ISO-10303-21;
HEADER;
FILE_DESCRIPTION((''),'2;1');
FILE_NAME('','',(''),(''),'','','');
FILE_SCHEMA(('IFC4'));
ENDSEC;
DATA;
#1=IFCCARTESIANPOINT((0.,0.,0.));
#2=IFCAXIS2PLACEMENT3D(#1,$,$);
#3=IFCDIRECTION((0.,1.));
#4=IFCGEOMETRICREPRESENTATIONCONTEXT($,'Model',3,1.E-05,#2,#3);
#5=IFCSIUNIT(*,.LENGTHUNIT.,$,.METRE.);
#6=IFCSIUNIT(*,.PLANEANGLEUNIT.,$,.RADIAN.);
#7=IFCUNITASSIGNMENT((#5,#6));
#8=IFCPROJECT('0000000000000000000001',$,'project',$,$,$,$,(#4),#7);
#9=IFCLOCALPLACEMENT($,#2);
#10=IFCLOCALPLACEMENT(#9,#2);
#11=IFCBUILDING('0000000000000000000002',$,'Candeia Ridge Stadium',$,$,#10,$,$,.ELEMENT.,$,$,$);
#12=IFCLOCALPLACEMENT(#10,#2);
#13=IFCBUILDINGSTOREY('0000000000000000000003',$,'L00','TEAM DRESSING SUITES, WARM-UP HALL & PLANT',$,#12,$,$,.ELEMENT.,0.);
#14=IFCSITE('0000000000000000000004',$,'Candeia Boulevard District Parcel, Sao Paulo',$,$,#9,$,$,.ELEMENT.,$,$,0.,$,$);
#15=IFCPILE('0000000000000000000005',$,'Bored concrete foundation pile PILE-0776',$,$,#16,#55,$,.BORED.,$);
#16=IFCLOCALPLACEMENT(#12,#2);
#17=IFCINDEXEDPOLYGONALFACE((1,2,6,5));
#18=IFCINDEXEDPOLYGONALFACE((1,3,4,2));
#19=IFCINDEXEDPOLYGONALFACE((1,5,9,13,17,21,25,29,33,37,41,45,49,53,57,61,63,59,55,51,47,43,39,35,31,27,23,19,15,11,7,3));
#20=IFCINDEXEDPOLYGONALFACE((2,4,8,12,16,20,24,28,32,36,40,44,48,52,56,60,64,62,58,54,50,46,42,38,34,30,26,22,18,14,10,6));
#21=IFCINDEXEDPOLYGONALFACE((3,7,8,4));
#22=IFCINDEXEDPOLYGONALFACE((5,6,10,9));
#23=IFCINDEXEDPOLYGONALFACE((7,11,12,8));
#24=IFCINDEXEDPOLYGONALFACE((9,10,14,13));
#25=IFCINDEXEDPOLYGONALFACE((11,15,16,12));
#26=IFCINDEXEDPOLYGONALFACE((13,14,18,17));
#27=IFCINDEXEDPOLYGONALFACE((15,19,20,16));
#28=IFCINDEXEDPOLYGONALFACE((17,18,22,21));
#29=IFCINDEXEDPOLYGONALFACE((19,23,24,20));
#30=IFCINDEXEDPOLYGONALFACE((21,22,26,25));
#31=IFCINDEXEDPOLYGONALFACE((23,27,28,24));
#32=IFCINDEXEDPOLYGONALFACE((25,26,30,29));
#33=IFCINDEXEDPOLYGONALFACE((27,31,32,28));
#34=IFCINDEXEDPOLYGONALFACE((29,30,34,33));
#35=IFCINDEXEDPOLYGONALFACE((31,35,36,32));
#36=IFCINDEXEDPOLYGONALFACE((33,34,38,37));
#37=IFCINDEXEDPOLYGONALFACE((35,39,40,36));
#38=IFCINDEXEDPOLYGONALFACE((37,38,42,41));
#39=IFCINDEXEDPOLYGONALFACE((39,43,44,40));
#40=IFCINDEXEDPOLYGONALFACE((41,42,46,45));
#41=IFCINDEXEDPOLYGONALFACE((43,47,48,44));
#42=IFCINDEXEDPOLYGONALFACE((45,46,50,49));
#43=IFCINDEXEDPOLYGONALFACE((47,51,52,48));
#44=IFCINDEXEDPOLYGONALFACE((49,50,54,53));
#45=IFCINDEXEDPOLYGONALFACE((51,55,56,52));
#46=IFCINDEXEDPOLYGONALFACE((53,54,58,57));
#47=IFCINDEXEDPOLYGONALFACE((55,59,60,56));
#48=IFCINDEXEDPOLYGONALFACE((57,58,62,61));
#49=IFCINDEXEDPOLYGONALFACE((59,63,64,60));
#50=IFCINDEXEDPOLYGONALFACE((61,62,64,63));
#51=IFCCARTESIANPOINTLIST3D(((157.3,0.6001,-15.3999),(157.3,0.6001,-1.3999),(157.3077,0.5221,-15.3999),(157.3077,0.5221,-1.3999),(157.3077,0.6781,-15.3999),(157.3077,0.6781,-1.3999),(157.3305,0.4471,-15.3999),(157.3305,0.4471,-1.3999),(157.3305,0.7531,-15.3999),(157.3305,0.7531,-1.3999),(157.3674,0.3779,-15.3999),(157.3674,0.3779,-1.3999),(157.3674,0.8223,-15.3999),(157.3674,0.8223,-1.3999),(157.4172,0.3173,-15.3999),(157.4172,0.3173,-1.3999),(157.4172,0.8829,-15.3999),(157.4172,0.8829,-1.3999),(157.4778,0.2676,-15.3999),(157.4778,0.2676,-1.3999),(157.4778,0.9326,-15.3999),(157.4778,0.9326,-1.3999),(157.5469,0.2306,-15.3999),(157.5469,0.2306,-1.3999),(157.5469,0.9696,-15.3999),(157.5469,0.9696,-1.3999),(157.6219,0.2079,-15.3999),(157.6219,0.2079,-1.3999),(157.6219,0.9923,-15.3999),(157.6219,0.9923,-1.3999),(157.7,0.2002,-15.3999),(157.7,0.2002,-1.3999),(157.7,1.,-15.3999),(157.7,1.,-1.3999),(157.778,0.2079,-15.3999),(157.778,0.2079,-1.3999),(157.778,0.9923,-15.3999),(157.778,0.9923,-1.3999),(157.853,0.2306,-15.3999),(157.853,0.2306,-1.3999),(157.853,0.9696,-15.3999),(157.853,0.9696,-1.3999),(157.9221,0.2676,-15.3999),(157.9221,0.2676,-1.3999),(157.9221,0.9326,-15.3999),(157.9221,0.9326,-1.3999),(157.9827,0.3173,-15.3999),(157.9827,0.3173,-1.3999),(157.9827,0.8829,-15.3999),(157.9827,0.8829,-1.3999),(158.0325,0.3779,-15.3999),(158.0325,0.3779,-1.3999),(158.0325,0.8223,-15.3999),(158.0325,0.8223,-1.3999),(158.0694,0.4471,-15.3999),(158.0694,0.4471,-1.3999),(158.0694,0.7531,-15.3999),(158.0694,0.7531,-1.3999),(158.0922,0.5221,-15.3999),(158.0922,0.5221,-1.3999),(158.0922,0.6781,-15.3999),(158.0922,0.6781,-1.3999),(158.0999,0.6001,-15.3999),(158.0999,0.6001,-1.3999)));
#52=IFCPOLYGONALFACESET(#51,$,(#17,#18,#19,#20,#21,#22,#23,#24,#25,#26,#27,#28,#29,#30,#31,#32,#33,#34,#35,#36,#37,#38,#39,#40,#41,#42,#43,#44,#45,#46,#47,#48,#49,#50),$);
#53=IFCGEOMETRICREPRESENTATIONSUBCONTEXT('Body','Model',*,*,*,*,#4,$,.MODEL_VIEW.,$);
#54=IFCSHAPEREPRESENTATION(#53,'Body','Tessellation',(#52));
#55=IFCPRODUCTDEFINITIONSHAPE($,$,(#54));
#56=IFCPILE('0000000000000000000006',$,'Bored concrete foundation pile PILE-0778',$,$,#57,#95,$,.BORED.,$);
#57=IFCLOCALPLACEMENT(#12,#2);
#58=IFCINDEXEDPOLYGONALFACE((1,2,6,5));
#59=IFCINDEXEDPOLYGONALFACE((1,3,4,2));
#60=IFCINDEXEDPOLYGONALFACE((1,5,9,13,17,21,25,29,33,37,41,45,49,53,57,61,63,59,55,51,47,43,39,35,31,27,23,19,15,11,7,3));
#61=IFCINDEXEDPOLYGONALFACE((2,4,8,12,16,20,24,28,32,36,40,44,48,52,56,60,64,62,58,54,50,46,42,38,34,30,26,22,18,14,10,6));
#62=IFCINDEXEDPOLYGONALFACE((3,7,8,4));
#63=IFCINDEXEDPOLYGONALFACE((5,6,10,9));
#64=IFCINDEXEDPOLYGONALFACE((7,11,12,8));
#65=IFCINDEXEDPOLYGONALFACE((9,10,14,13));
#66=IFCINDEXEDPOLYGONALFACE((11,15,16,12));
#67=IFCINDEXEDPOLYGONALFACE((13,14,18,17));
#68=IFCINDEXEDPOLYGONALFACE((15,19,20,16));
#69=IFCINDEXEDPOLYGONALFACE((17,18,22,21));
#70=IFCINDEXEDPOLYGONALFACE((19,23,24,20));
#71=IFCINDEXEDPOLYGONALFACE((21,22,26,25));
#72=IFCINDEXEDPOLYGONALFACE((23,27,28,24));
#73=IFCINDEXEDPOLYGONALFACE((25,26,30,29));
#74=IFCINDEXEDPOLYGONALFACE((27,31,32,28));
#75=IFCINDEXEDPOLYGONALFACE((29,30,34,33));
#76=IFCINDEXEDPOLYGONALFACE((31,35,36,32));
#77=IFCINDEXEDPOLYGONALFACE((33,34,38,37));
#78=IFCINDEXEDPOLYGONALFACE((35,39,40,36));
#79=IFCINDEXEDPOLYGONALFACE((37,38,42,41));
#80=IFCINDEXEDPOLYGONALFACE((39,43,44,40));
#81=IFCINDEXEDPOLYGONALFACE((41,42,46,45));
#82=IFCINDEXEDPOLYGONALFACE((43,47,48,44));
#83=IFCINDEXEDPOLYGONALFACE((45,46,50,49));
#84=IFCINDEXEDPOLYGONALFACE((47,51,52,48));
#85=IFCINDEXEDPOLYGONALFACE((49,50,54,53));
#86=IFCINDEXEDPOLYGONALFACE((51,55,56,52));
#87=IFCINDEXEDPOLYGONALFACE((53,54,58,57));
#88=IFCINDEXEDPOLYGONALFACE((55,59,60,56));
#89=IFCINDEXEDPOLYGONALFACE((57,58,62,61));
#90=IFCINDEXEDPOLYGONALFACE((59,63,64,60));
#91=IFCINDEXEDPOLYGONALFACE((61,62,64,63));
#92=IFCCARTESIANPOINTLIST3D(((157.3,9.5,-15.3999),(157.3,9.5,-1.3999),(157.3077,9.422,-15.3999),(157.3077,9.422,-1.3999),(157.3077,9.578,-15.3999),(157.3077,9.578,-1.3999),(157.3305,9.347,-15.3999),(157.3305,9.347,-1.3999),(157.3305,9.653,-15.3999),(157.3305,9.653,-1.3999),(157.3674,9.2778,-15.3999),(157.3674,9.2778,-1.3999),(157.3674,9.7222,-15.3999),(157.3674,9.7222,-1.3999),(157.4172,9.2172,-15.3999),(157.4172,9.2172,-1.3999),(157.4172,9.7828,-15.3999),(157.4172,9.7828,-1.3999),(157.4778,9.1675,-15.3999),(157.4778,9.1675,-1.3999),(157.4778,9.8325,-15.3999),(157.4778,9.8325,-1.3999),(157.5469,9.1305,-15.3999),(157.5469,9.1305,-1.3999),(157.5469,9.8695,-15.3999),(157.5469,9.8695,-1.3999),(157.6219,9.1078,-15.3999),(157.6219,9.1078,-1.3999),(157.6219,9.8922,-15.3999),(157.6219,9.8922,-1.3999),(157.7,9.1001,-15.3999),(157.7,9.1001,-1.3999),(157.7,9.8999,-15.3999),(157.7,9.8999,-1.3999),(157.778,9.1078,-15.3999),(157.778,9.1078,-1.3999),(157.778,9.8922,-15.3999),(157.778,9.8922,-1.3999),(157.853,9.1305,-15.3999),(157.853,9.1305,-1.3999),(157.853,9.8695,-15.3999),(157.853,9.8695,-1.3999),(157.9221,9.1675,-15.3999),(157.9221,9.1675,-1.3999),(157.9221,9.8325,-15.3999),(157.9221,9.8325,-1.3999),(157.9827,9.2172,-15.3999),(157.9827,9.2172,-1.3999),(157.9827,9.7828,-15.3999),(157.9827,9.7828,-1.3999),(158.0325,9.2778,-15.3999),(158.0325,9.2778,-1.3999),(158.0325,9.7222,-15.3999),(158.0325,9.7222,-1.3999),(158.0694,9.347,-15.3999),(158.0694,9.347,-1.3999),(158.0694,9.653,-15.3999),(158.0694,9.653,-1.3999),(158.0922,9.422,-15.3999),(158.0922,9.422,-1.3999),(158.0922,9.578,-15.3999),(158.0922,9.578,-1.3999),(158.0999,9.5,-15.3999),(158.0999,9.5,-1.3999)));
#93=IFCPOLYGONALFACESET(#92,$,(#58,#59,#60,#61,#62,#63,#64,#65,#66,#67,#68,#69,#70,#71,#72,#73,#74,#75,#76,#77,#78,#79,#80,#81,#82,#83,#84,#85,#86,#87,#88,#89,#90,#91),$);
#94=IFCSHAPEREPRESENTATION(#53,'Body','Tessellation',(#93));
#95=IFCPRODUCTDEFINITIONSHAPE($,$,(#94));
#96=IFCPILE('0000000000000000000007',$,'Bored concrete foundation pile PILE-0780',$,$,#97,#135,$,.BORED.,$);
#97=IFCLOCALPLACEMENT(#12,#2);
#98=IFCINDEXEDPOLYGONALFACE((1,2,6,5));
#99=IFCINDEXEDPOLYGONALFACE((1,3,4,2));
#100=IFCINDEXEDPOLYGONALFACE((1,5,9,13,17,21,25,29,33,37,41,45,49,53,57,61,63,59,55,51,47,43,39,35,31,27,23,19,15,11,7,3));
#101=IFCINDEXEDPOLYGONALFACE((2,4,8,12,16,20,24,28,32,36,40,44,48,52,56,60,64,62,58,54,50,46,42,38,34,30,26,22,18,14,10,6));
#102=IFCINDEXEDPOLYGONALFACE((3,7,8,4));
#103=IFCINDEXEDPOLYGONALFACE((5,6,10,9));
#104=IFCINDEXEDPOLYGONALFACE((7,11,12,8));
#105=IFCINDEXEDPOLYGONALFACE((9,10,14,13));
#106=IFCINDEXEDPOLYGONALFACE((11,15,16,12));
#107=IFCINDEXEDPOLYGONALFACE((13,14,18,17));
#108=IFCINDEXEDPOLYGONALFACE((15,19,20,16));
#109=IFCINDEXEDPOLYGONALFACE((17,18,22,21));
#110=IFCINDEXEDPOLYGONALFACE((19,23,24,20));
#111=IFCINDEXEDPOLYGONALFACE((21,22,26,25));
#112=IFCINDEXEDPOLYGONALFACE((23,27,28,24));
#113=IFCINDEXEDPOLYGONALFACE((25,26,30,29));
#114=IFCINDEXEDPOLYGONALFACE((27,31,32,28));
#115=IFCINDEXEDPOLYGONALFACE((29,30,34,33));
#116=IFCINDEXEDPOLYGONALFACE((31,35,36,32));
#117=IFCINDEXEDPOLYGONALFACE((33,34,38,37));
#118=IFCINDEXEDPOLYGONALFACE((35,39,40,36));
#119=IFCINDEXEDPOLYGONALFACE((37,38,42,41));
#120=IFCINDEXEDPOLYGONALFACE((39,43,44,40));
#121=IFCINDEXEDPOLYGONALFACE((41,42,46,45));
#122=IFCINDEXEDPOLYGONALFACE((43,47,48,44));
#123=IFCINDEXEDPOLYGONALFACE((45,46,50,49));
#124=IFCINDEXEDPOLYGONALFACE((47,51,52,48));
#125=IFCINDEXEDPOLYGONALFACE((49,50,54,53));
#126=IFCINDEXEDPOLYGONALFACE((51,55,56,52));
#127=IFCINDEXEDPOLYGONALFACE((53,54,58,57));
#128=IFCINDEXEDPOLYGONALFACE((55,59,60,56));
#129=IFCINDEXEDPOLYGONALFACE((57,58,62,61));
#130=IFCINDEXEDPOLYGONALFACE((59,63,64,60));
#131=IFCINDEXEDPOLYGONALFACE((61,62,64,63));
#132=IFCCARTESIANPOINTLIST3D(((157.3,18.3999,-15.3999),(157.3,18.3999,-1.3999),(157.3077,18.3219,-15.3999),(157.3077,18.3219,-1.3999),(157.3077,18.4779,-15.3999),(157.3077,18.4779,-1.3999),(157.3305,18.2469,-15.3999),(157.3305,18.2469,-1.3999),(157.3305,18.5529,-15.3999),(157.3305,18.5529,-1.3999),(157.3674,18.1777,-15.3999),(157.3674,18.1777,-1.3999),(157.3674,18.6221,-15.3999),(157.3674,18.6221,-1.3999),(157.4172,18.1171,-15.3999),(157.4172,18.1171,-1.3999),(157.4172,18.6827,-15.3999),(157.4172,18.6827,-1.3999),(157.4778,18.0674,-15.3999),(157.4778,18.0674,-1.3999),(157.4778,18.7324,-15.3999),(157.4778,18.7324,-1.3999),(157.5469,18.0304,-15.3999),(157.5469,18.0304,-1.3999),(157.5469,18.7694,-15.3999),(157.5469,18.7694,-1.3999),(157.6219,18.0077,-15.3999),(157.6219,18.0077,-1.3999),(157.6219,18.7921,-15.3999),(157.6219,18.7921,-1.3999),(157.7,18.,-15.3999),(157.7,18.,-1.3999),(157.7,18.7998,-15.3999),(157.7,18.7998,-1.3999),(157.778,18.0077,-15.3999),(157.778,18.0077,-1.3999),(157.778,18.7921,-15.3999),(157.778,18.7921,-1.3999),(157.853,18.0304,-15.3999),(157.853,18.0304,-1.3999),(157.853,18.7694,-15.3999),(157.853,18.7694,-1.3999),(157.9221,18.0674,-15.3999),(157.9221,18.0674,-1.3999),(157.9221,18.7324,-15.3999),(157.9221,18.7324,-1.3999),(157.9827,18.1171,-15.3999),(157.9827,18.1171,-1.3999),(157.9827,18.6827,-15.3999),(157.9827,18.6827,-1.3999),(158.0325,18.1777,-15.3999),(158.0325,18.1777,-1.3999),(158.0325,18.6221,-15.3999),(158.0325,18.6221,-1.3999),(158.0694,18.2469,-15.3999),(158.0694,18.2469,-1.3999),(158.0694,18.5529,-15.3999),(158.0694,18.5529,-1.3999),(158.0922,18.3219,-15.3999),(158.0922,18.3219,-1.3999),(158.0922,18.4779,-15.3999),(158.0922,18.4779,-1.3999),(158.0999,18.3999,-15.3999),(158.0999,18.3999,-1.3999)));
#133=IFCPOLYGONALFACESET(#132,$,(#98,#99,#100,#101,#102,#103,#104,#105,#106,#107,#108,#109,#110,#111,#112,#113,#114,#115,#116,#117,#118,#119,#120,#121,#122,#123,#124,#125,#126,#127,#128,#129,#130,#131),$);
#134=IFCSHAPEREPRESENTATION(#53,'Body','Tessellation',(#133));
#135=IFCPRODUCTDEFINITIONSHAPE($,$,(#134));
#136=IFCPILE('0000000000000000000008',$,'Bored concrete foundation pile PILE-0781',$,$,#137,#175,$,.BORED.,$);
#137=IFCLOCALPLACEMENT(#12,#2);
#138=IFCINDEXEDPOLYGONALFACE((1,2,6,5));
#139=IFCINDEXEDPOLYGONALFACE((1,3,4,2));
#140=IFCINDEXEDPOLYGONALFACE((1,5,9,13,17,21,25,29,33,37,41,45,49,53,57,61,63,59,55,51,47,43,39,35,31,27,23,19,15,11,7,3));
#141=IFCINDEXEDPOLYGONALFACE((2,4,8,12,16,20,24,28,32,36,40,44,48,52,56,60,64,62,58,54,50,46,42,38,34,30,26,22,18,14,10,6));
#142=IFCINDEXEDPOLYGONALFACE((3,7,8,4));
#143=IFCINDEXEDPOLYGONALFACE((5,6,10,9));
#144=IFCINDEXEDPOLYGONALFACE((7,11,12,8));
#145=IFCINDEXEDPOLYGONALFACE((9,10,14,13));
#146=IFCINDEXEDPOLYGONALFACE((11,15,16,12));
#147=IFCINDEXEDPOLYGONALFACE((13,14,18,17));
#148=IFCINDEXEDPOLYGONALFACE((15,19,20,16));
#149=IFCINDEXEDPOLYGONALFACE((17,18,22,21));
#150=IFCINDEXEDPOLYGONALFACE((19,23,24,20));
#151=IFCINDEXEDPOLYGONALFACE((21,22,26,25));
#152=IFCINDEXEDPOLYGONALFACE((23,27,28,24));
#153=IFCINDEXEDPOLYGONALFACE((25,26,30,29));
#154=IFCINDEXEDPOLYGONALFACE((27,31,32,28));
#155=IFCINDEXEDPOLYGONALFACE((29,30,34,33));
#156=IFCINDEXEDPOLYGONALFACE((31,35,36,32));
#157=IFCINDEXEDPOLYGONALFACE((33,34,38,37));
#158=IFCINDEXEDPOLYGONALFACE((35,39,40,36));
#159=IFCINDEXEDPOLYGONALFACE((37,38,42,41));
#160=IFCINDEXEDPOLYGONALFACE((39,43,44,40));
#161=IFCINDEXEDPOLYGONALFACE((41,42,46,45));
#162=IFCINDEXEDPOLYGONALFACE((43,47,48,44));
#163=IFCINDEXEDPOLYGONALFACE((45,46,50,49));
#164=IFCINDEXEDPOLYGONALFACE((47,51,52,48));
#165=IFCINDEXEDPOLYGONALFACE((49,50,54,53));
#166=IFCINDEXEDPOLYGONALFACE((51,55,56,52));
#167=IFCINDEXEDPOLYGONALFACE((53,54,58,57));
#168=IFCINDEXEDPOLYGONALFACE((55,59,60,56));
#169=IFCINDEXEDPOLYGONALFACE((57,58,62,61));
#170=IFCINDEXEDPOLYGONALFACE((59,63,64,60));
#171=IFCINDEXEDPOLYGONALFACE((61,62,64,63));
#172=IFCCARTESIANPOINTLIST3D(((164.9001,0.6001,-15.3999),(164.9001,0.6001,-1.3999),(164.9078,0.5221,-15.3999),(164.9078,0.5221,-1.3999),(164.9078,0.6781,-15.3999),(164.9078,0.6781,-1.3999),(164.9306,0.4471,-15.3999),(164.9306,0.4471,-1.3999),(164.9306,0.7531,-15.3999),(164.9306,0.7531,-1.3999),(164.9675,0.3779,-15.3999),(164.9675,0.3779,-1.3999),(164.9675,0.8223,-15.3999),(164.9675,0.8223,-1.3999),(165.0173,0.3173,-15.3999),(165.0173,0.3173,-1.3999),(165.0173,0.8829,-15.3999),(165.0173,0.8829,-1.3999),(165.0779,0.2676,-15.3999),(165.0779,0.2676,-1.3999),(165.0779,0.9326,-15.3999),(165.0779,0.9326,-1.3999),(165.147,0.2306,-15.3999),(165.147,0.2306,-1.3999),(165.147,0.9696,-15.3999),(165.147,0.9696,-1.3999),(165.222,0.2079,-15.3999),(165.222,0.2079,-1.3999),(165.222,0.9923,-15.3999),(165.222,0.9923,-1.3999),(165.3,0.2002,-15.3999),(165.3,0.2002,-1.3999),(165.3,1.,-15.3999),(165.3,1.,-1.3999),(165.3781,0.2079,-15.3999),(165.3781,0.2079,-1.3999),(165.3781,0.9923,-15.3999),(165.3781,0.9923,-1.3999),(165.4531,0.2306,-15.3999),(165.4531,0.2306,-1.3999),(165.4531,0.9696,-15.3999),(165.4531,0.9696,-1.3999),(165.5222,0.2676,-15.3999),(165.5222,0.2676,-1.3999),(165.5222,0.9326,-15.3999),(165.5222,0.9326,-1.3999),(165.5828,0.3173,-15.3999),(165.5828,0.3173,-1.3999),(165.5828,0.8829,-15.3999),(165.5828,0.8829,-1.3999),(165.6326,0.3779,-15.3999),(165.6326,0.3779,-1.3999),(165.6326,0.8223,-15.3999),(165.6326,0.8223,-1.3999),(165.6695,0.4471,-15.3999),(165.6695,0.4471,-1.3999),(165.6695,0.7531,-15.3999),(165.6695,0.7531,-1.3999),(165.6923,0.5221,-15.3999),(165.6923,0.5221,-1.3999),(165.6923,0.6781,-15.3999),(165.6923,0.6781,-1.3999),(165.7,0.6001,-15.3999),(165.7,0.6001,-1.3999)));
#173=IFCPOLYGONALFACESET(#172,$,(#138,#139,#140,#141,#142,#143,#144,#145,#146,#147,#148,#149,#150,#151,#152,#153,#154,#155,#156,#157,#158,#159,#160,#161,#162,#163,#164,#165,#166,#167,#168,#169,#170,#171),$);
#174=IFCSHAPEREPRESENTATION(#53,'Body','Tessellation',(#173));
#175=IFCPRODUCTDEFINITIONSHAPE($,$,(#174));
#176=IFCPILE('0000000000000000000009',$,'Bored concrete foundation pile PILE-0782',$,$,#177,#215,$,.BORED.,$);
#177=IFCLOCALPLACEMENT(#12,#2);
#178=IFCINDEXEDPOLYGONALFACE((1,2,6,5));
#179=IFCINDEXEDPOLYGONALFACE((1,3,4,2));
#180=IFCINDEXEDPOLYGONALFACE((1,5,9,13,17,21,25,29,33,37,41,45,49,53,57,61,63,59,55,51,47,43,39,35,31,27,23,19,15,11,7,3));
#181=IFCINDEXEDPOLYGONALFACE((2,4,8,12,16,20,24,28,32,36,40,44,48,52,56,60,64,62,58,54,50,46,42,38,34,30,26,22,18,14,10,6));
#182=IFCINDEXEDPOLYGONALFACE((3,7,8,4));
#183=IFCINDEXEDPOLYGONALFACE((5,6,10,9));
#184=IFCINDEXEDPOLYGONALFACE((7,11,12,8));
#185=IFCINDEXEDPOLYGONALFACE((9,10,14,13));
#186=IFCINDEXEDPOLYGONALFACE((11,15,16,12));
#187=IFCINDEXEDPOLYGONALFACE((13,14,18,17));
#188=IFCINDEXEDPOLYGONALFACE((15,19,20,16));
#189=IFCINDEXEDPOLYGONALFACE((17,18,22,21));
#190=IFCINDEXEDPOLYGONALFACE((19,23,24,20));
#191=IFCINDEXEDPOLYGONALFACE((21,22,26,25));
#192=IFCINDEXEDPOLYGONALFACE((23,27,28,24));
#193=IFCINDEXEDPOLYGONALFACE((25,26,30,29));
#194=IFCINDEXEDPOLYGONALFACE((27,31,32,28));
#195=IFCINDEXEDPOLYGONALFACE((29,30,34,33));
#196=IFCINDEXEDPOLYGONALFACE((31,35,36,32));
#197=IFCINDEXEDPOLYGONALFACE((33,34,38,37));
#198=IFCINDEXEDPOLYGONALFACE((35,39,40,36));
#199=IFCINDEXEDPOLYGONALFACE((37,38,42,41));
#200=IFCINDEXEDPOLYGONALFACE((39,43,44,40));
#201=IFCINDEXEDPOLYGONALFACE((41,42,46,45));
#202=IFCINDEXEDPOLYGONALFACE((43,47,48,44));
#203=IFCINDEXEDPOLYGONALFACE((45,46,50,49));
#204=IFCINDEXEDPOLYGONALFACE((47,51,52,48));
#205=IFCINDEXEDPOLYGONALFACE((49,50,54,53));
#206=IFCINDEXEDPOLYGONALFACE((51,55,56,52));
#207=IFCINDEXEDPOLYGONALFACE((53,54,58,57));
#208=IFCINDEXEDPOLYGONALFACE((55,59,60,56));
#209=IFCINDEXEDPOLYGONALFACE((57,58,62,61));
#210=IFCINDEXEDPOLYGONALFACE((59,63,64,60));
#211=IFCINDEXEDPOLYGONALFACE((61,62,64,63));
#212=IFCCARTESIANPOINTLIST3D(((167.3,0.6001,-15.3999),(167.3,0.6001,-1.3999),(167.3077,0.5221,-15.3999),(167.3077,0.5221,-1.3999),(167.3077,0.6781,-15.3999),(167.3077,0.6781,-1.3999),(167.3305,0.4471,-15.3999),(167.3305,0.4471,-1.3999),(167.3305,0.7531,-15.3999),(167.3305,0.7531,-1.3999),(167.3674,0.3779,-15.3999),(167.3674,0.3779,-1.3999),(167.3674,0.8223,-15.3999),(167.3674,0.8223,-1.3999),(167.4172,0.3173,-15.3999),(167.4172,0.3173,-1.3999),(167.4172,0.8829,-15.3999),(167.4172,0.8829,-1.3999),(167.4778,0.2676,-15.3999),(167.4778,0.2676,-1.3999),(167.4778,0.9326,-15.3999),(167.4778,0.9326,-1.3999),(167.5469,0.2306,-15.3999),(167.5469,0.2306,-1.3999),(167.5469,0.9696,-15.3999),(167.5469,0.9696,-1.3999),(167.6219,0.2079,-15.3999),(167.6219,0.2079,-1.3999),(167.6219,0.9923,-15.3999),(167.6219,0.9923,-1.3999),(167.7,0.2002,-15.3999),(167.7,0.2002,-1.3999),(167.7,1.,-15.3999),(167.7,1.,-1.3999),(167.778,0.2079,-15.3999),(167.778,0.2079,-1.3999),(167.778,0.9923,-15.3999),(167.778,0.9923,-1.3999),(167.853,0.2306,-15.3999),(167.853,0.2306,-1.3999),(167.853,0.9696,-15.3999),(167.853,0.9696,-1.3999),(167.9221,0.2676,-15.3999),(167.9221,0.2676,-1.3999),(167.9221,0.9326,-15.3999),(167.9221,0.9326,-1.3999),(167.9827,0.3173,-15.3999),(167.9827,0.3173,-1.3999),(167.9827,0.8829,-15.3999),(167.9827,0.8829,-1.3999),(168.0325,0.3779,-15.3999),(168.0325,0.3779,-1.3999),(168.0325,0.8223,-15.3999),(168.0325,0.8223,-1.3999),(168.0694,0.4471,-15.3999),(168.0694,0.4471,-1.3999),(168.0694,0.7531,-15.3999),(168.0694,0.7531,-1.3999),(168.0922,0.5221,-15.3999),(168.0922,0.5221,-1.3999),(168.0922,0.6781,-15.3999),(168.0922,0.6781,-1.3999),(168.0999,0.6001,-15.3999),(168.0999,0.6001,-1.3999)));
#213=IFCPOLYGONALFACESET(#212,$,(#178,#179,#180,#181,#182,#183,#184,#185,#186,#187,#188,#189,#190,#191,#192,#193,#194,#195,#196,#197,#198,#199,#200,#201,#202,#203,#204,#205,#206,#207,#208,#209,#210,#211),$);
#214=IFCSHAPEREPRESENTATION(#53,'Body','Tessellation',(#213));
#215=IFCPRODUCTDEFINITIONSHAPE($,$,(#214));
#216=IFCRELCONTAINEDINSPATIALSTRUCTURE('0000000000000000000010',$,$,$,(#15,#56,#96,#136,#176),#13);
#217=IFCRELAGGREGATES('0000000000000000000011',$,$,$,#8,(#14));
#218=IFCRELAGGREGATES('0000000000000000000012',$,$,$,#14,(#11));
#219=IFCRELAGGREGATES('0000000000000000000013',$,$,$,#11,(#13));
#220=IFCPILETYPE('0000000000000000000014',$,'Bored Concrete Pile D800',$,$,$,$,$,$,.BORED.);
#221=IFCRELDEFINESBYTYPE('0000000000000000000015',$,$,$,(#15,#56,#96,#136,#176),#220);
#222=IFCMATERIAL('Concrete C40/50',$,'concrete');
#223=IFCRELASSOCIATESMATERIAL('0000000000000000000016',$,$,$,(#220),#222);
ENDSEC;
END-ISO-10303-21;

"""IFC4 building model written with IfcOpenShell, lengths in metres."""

from ifc_helpers import new_model, si_unit, direction, frame, origin, origin_2d, place, context, subcontext, project, spatial, circle, extrude, material, material_profile, profile_set, type_object, element, save


model = new_model("IFC4")

# Units and contexts
model_context = context("Model", 3, precision=1e-05, world=origin(), true_north=direction((0.0, 1.0)))
body_context = subcontext(model_context, "Body", "Model", "MODEL_VIEW")
ifc_project = project(units=[si_unit("LENGTHUNIT", "METRE"), si_unit("PLANEANGLEUNIT", "RADIAN")], contexts=[model_context])

# Site, building, storey
site_placement = place(None, origin())
site = spatial("IfcSite", under=ifc_project, at=site_placement, Name="Candeia Boulevard District Parcel, Sao Paulo", CompositionType="ELEMENT", RefElevation=0.0)
building_placement = place(site_placement, origin())
building = spatial("IfcBuilding", under=site, at=building_placement, Name="Candeia Ridge Stadium", CompositionType="ELEMENT")
storey_placement = place(building_placement, origin())
storey = spatial("IfcBuildingStorey", under=building, at=storey_placement, Name="L00", Description="TEAM DRESSING SUITES, WARM-UP HALL & PLANT", CompositionType="ELEMENT", Elevation=0.0)

# Piles
ifc_material_1 = material(Name="Concrete C40/50", Category="concrete")
ifc_material_profile_1 = material_profile(ifc_material_1, circle(Radius=0.3999, at=origin_2d()), Name="PILE-D800", Category="concrete")
ifc_profile_set_1 = profile_set([ifc_material_profile_1], Name="Concrete C40/50")
pile_type = type_object("IfcPileType", Name="Bored Concrete Pile D800", PredefinedType="BORED", material=ifc_profile_set_1)
for number, where, z_axis, x_axis, name in (
    (1, (157.7, 0.6001, -1.3999), (0.0, 0.0, -1.0), (1.0, 0.0, 0.0), "Bored concrete foundation pile PILE-0776"),
    (2, (157.7, 9.5, -1.3999), (0.0, 0.0, -1.0), (1.0, 0.0, 0.0), "Bored concrete foundation pile PILE-0778"),
    (3, (157.7, 18.3999, -1.3999), (0.0, 0.0, -1.0), (1.0, 0.0, 0.0), "Bored concrete foundation pile PILE-0780"),
    (4, (165.3, 0.6001, -1.3999), (0.0, 0.0, -1.0), (1.0, 0.0, 0.0), "Bored concrete foundation pile PILE-0781"),
    (5, (167.7, 0.6001, -1.3999), (0.0, 0.0, -1.0), (1.0, 0.0, 0.0), "Bored concrete foundation pile PILE-0782"),
):
    element("IfcPile", number, at=place(storey_placement, frame(where, z_axis=z_axis, x_axis=x_axis)), inside=storey, type_object=pile_type, Name=name, PredefinedType="BORED", context=body_context, shape_type="SweptSolid", body=[
        extrude(circle(Radius=0.3999, at=origin_2d()), origin(), (0.0, 0.0, 1.0), 14.0),
    ])

save(model, "model.ifc")
